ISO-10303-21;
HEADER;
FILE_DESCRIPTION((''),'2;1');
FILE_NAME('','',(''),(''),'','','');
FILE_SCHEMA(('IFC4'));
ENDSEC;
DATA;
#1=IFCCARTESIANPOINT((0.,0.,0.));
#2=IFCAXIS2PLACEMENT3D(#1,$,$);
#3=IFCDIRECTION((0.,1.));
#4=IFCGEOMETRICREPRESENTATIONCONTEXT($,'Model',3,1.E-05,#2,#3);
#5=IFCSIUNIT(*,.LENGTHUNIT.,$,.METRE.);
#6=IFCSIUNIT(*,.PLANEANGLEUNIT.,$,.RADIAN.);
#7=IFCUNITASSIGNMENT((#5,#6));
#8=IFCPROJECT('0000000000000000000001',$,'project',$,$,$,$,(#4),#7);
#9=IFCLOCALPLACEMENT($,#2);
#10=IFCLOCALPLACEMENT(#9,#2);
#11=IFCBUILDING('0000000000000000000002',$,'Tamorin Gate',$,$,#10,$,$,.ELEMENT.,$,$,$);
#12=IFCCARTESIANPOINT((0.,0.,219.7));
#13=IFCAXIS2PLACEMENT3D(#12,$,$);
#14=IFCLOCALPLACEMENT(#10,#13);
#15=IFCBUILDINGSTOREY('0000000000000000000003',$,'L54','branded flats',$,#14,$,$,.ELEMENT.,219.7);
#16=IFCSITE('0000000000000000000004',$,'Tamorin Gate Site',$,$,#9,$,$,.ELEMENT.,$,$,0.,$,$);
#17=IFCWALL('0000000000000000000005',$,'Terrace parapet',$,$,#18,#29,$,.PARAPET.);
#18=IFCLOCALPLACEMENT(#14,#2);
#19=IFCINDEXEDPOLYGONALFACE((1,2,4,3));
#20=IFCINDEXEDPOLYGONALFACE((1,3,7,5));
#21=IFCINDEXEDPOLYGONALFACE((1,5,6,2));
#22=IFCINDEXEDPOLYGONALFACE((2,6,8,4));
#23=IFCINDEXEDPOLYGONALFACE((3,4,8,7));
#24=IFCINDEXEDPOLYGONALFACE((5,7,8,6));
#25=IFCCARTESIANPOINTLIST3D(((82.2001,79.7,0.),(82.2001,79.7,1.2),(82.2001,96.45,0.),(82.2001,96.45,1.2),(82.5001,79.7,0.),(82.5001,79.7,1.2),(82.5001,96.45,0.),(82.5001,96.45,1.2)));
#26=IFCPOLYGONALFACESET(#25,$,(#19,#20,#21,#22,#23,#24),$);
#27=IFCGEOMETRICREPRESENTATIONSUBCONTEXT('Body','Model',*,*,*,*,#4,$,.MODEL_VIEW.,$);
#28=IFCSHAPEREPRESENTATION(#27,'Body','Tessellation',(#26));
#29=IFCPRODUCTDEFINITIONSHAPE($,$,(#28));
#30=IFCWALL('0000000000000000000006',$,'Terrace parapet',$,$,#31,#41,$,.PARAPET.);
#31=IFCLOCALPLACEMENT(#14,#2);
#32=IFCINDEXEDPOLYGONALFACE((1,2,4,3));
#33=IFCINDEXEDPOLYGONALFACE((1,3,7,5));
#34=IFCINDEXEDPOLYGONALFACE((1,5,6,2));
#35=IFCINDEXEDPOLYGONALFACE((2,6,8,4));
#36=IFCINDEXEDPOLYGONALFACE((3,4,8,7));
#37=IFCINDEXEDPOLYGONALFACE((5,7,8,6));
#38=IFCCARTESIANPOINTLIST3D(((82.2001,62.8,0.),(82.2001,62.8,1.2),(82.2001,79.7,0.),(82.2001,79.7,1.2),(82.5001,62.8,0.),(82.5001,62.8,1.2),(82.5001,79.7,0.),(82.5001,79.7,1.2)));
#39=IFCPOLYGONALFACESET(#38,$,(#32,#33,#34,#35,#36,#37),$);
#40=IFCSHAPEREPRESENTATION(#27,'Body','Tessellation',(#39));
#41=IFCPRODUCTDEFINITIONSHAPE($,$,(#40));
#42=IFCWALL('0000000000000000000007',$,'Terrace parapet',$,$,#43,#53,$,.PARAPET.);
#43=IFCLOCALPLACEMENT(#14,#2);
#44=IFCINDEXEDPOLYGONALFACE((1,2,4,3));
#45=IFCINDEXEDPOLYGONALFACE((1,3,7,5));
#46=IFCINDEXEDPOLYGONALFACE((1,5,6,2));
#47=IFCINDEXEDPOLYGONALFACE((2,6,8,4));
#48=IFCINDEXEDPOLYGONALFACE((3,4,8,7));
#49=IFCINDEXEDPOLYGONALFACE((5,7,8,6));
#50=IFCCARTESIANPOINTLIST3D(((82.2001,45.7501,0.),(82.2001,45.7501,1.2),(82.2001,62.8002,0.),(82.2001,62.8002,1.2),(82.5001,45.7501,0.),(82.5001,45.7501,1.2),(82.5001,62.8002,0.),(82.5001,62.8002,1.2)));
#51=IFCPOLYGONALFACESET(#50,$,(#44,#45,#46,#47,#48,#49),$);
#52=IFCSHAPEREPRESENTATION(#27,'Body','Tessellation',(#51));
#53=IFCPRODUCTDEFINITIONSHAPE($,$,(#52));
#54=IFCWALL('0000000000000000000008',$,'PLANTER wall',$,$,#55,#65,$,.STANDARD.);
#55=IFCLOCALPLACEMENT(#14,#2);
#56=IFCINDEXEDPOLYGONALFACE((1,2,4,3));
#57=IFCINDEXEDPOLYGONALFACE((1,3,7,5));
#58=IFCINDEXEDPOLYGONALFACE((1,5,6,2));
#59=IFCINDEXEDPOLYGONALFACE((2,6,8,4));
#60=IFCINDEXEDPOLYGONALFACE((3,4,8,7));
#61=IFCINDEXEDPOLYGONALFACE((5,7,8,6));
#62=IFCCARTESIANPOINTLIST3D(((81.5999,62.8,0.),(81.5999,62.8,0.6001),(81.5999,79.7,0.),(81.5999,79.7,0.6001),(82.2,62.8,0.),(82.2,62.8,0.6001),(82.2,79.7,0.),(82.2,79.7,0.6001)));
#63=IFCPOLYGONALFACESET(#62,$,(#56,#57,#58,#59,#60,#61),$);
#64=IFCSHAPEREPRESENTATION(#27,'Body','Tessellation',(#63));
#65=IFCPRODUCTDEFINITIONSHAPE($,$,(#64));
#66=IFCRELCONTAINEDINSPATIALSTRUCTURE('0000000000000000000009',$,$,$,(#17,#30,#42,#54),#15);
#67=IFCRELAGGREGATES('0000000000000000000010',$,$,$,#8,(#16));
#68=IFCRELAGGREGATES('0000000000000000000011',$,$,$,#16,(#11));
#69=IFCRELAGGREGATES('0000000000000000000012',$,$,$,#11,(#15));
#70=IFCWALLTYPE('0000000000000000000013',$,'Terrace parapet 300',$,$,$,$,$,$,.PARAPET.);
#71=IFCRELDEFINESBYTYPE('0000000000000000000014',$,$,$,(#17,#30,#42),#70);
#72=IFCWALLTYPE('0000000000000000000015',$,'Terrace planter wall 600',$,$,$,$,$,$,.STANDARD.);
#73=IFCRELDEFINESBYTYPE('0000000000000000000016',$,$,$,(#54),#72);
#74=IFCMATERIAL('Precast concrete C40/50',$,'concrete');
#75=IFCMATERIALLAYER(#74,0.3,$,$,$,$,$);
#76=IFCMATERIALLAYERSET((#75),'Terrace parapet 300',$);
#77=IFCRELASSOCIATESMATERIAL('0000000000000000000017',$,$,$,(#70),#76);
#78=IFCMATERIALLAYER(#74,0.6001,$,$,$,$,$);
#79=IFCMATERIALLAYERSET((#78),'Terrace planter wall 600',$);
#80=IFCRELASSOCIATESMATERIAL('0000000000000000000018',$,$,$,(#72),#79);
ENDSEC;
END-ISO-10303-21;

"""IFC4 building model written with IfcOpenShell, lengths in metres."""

from ifc_helpers import new_model, si_unit, direction, frame, frame_2d, origin, place, context, subcontext, project, spatial, rectangle, extrude, material, layer, layer_set, type_object, element, save


model = new_model("IFC4")

# Units and contexts
model_context = context("Model", 3, precision=1e-05, world=origin(), true_north=direction((0.0, 1.0)))
body_context = subcontext(model_context, "Body", "Model", "MODEL_VIEW")
ifc_project = project(units=[si_unit("LENGTHUNIT", "METRE"), si_unit("PLANEANGLEUNIT", "RADIAN")], contexts=[model_context])

# Site, building, storey
site_placement = place(None, origin())
site = spatial("IfcSite", under=ifc_project, at=site_placement, Name="Tamorin Gate Site", CompositionType="ELEMENT", RefElevation=0.0)
building_placement = place(site_placement, origin())
building = spatial("IfcBuilding", under=site, at=building_placement, Name="Tamorin Gate", CompositionType="ELEMENT")
storey_placement = place(building_placement, frame((0.0, 0.0, 219.7)))
storey = spatial("IfcBuildingStorey", under=building, at=storey_placement, Name="L54", Description="branded flats", CompositionType="ELEMENT", Elevation=219.7)

# Shared definitions
ifc_material_1 = material(Name="Precast concrete C40/50", Category="concrete")

# Walls
ifc_layer_1 = layer(ifc_material_1, 0.3)
ifc_layer_set_1 = layer_set([ifc_layer_1], Name="Terrace parapet 300")
wall_type_1 = type_object("IfcWallType", Name="Terrace parapet 300", PredefinedType="PARAPET", material=ifc_layer_set_1)
wall_1_placement = place(storey_placement, frame((82.3501, 79.7, 0.0), z_axis=(0.0, 0.0, 1.0), x_axis=(0.0, 1.0, 0.0)))
element("IfcWall", 1, at=wall_1_placement, inside=storey, type_object=wall_type_1, Name="Terrace parapet", PredefinedType="PARAPET", context=body_context, shape_type="SweptSolid", body=[
    extrude(rectangle(XDim=16.75, YDim=0.3, at=frame_2d((8.375, 0.0))), origin(), (0.0, 0.0, 1.0), 1.2),
])
wall_2_placement = place(storey_placement, frame((82.3501, 62.8, 0.0), z_axis=(0.0, 0.0, 1.0), x_axis=(0.0, 1.0, 0.0)))
element("IfcWall", 2, at=wall_2_placement, inside=storey, type_object=wall_type_1, Name="Terrace parapet", PredefinedType="PARAPET", context=body_context, shape_type="SweptSolid", body=[
    extrude(rectangle(XDim=16.8999, YDim=0.3, at=frame_2d((8.45, 0.0))), origin(), (0.0, 0.0, 1.0), 1.2),
])
wall_3_placement = place(storey_placement, frame((82.3501, 62.8, 0.0), z_axis=(0.0, 0.0, 1.0), x_axis=(0.0, -1.0, 0.0)))
element("IfcWall", 3, at=wall_3_placement, inside=storey, type_object=wall_type_1, Name="Terrace parapet", PredefinedType="PARAPET", context=body_context, shape_type="SweptSolid", body=[
    extrude(rectangle(XDim=17.05, YDim=0.3, at=frame_2d((8.5249, 0.0))), origin(), (0.0, 0.0, 1.0), 1.2),
])
ifc_layer_2 = layer(ifc_material_1, 0.6001)
ifc_layer_set_2 = layer_set([ifc_layer_2], Name="Terrace planter wall 600")
wall_type_2 = type_object("IfcWallType", Name="Terrace planter wall 600", PredefinedType="STANDARD", material=ifc_layer_set_2)
wall_4_placement = place(storey_placement, frame((81.8999, 79.7, 0.0), z_axis=(0.0, 0.0, 1.0), x_axis=(0.0, -1.0, 0.0)))
element("IfcWall", 4, at=wall_4_placement, inside=storey, type_object=wall_type_2, Name="PLANTER wall", PredefinedType="STANDARD", context=body_context, shape_type="SweptSolid", body=[
    extrude(rectangle(XDim=16.8999, YDim=0.6001, at=frame_2d((8.45, 0.0))), origin(), (0.0, 0.0, 1.0), 0.6001),
])

save(model, "model.ifc")
